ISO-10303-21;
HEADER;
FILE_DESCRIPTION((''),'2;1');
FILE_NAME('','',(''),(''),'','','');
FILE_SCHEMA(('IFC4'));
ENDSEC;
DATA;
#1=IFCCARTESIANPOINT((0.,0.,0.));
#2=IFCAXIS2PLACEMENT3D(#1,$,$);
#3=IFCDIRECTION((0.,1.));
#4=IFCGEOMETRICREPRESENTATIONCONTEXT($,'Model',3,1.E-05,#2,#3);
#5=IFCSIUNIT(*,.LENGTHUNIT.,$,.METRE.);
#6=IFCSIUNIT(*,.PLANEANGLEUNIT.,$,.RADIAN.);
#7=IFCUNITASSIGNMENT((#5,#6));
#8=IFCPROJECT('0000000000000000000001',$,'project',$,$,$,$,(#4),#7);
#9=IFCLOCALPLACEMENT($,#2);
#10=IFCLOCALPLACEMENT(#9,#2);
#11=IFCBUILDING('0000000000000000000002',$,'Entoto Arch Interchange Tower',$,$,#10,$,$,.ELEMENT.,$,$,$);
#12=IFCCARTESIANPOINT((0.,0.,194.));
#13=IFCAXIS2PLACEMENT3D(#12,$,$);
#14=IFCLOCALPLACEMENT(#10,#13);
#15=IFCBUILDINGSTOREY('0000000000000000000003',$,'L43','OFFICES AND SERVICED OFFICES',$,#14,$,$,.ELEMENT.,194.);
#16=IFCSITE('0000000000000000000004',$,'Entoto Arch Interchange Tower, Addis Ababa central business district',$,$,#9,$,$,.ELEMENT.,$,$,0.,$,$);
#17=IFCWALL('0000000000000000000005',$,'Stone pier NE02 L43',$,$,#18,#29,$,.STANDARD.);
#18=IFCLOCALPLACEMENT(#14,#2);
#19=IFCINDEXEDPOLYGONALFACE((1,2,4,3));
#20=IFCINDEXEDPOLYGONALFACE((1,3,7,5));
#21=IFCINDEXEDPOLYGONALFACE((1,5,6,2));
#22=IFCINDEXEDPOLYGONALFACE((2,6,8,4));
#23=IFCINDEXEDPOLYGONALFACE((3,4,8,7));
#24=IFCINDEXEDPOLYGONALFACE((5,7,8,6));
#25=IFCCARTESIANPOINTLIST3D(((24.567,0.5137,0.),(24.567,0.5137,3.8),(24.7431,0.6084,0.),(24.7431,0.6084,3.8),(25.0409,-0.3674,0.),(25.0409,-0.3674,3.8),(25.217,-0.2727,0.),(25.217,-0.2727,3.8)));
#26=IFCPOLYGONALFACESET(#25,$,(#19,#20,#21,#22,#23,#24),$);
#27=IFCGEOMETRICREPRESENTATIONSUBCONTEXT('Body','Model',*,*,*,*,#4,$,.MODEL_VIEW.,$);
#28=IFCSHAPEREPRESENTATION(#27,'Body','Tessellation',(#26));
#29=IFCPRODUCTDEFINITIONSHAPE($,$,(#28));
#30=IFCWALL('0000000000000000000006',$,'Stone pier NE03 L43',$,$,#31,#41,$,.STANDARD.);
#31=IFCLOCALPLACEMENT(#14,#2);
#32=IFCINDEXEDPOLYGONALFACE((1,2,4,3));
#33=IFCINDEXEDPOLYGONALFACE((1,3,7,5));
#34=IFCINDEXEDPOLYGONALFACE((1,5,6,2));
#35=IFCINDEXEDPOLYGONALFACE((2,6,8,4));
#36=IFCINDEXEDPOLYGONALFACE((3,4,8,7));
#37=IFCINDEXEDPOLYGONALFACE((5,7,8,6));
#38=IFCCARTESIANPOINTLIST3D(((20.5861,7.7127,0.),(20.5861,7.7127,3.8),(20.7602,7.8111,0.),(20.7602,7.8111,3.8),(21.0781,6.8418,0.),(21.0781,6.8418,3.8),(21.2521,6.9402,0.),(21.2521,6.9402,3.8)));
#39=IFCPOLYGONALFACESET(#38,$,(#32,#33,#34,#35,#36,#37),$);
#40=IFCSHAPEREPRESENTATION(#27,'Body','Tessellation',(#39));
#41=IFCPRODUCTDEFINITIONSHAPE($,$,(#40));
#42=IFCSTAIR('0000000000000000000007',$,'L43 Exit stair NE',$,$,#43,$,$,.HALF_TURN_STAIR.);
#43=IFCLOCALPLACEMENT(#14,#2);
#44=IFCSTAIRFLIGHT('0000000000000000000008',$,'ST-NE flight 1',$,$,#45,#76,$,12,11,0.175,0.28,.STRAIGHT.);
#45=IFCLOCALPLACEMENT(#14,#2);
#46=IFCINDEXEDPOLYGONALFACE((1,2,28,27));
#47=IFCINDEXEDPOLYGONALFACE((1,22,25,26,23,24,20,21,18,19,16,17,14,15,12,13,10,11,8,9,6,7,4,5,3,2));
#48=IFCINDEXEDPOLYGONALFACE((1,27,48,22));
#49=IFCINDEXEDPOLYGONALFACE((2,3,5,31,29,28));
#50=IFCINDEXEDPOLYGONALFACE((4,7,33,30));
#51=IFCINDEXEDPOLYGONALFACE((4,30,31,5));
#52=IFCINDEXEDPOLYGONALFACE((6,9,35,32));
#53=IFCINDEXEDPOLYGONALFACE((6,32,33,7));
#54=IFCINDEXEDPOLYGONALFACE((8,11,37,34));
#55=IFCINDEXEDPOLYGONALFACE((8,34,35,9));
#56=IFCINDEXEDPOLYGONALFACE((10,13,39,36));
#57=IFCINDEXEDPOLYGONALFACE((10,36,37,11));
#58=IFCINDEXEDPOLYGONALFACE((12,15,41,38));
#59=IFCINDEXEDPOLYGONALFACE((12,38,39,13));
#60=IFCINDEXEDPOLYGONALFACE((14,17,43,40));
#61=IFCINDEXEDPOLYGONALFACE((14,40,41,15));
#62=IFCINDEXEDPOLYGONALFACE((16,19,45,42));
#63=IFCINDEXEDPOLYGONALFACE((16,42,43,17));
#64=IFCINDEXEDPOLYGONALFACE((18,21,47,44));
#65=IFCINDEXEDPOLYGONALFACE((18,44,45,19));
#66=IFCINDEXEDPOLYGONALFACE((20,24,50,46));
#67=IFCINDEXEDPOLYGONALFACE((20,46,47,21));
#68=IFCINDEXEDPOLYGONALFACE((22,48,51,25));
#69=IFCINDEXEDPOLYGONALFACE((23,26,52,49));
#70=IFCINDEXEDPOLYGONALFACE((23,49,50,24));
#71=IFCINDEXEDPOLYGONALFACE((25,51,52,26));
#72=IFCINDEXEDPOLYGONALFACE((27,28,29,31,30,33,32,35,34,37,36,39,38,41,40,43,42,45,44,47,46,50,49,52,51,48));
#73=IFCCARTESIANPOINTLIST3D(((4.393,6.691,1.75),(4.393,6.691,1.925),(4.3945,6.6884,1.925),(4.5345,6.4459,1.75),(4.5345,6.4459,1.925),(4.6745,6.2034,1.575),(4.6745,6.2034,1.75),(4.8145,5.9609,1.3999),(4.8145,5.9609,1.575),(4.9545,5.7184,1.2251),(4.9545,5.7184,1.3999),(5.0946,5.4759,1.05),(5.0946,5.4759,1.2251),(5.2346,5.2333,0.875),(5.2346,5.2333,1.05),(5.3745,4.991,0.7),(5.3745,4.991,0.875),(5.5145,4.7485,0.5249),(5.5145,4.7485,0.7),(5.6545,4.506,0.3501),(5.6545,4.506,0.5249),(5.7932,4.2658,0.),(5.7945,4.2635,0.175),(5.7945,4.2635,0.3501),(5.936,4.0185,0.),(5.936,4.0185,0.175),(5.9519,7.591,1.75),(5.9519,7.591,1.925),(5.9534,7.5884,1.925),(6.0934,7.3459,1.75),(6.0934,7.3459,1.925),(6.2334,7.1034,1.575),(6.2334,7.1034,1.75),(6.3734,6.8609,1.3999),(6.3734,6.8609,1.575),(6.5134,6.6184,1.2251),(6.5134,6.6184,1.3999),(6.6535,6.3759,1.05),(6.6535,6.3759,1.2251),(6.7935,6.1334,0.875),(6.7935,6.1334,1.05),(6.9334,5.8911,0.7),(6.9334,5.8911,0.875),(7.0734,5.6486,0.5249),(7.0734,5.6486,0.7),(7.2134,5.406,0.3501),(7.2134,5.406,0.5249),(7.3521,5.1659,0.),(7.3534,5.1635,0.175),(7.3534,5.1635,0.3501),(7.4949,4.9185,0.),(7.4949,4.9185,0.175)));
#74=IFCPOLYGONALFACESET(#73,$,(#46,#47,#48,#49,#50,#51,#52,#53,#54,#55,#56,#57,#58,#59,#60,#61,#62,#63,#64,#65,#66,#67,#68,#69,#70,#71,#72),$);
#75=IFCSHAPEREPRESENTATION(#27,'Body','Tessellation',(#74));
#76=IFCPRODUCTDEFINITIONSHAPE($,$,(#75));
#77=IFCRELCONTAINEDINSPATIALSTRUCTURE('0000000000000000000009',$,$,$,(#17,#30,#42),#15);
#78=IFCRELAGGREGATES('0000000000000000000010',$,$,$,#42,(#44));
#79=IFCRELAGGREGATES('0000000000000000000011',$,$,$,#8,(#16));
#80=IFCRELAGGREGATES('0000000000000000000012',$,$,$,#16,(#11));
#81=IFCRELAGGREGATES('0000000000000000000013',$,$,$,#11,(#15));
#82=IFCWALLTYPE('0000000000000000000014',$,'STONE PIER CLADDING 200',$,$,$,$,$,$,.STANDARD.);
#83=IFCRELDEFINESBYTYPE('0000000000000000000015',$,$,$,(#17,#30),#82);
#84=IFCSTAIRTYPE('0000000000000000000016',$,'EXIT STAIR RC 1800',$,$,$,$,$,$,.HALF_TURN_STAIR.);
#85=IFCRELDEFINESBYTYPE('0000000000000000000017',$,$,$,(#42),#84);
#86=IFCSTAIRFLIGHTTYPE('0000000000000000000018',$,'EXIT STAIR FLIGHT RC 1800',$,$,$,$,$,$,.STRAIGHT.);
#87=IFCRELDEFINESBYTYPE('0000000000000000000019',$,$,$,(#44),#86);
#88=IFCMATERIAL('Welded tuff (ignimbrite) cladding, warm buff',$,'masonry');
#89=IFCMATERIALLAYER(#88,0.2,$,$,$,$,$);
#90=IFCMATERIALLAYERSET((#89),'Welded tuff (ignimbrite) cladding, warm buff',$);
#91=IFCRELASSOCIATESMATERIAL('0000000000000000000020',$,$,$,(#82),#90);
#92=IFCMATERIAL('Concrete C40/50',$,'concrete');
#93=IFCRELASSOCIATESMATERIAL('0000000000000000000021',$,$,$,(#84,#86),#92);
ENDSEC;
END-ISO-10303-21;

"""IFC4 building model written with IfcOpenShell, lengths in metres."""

from ifc_helpers import new_model, si_unit, direction, frame, frame_2d, origin, place, context, subcontext, project, spatial, polyline, rectangle, outline, extrude, material, layer, layer_set, type_object, element, aggregate, save


model = new_model("IFC4")

# Units and contexts
model_context = context("Model", 3, precision=1e-05, world=origin(), true_north=direction((0.0, 1.0)))
body_context = subcontext(model_context, "Body", "Model", "MODEL_VIEW")
ifc_project = project(units=[si_unit("LENGTHUNIT", "METRE"), si_unit("PLANEANGLEUNIT", "RADIAN")], contexts=[model_context])

# Site, building, storey
site_placement = place(None, origin())
site = spatial("IfcSite", under=ifc_project, at=site_placement, Name="Entoto Arch Interchange Tower, Addis Ababa central business district", CompositionType="ELEMENT", RefElevation=0.0)
building_placement = place(site_placement, origin())
building = spatial("IfcBuilding", under=site, at=building_placement, Name="Entoto Arch Interchange Tower", CompositionType="ELEMENT")
storey_placement = place(building_placement, frame((0.0, 0.0, 194.0)))
storey = spatial("IfcBuildingStorey", under=building, at=storey_placement, Name="L43", Description="OFFICES AND SERVICED OFFICES", CompositionType="ELEMENT", Elevation=194.0)

# Shared definitions
ifc_material_1 = material(Name="Concrete C40/50", Category="concrete")

# Shared definitions
ifc_material_2 = material(Name="Welded tuff (ignimbrite) cladding, warm buff", Category="masonry")

# Walls
ifc_layer_1 = layer(ifc_material_2, 0.2)
ifc_layer_set_1 = layer_set([ifc_layer_1], Name="Welded tuff (ignimbrite) cladding, warm buff")
wall_type_1 = type_object("IfcWallType", Name="STONE PIER CLADDING 200", PredefinedType="STANDARD", material=ifc_layer_set_1)
wall_1_placement = place(storey_placement, frame((25.1289, -0.3201, 0.0), z_axis=(0.0, 0.0, 1.0), x_axis=(-0.473663, 0.880706, 0.0)))
element("IfcWall", 1, at=wall_1_placement, inside=storey, type_object=wall_type_1, Name="Stone pier NE02 L43", PredefinedType="STANDARD", context=body_context, shape_type="SweptSolid", body=[
    extrude(rectangle(XDim=1.0005, YDim=0.2, at=frame_2d((0.5002, 0.0))), origin(), (0.0, 0.0, 1.0), 3.8),
])
wall_2_placement = place(storey_placement, frame((21.165, 6.8911, 0.0), z_axis=(0.0, 0.0, 1.0), x_axis=(-0.491848, 0.870681, 0.0)))
element("IfcWall", 2, at=wall_2_placement, inside=storey, type_object=wall_type_1, Name="Stone pier NE03 L43", PredefinedType="STANDARD", context=body_context, shape_type="SweptSolid", body=[
    extrude(rectangle(XDim=1.0002, YDim=0.2, at=frame_2d((0.5, 0.0))), origin(), (0.0, 0.0, 1.0), 3.8),
])

# Stair, stair flight
stair_type = type_object("IfcStairType", Name="EXIT STAIR RC 1800", PredefinedType="HALF_TURN_STAIR", material=ifc_material_1)
stair_placement = place(storey_placement, origin())
stair = element("IfcStair", 3, at=stair_placement, inside=storey, type_object=stair_type, Name="L43 Exit stair NE", PredefinedType="HALF_TURN_STAIR")
stair_flight_type = type_object("IfcStairFlightType", Name="EXIT STAIR FLIGHT RC 1800", PredefinedType="STRAIGHT", material=ifc_material_1)
stair_flight_placement = place(storey_placement, frame((6.7139, 4.4709, 0.0), z_axis=(0.0, 0.0, 1.0), x_axis=(-0.5, 0.866025, 0.0)))
stair_flight = element("IfcStairFlight", 4, at=stair_flight_placement, type_object=stair_flight_type, Name="ST-NE flight 1", NumberOfRisers=12, NumberOfTreads=11, PredefinedType="STRAIGHT", RiserHeight=0.175, TreadLength=0.28, context=body_context, shape_type="SweptSolid", body=[
    extrude(outline(polyline([(-0.0029, 0.0), (-0.0029, 0.175), (0.28, 0.175), (0.28, 0.3501), (0.5601, 0.3501), (0.5601, 0.5249), (0.8401, 0.5249), (0.8401, 0.7), (1.1201, 0.7), (1.1201, 0.875), (1.3999, 0.875), (1.3999, 1.05), (1.6799, 1.05), (1.6799, 1.2251), (1.96, 1.2251), (1.96, 1.3999), (2.24, 1.3999), (2.24, 1.575), (2.52, 1.575), (2.52, 1.75), (2.8, 1.75), (2.8, 1.925), (3.0801, 1.925), (3.083, 1.925), (3.083, 1.75), (0.2827, 0.0), (-0.0029, 0.0)])), frame((0.0, 0.8999, 0.0), z_axis=(0.0, -1.0, 0.0), x_axis=(1.0, 0.0, 0.0)), (0.0, 0.0, 1.0), 1.8),
])
aggregate(stair, [stair_flight])

save(model, "model.ifc")
